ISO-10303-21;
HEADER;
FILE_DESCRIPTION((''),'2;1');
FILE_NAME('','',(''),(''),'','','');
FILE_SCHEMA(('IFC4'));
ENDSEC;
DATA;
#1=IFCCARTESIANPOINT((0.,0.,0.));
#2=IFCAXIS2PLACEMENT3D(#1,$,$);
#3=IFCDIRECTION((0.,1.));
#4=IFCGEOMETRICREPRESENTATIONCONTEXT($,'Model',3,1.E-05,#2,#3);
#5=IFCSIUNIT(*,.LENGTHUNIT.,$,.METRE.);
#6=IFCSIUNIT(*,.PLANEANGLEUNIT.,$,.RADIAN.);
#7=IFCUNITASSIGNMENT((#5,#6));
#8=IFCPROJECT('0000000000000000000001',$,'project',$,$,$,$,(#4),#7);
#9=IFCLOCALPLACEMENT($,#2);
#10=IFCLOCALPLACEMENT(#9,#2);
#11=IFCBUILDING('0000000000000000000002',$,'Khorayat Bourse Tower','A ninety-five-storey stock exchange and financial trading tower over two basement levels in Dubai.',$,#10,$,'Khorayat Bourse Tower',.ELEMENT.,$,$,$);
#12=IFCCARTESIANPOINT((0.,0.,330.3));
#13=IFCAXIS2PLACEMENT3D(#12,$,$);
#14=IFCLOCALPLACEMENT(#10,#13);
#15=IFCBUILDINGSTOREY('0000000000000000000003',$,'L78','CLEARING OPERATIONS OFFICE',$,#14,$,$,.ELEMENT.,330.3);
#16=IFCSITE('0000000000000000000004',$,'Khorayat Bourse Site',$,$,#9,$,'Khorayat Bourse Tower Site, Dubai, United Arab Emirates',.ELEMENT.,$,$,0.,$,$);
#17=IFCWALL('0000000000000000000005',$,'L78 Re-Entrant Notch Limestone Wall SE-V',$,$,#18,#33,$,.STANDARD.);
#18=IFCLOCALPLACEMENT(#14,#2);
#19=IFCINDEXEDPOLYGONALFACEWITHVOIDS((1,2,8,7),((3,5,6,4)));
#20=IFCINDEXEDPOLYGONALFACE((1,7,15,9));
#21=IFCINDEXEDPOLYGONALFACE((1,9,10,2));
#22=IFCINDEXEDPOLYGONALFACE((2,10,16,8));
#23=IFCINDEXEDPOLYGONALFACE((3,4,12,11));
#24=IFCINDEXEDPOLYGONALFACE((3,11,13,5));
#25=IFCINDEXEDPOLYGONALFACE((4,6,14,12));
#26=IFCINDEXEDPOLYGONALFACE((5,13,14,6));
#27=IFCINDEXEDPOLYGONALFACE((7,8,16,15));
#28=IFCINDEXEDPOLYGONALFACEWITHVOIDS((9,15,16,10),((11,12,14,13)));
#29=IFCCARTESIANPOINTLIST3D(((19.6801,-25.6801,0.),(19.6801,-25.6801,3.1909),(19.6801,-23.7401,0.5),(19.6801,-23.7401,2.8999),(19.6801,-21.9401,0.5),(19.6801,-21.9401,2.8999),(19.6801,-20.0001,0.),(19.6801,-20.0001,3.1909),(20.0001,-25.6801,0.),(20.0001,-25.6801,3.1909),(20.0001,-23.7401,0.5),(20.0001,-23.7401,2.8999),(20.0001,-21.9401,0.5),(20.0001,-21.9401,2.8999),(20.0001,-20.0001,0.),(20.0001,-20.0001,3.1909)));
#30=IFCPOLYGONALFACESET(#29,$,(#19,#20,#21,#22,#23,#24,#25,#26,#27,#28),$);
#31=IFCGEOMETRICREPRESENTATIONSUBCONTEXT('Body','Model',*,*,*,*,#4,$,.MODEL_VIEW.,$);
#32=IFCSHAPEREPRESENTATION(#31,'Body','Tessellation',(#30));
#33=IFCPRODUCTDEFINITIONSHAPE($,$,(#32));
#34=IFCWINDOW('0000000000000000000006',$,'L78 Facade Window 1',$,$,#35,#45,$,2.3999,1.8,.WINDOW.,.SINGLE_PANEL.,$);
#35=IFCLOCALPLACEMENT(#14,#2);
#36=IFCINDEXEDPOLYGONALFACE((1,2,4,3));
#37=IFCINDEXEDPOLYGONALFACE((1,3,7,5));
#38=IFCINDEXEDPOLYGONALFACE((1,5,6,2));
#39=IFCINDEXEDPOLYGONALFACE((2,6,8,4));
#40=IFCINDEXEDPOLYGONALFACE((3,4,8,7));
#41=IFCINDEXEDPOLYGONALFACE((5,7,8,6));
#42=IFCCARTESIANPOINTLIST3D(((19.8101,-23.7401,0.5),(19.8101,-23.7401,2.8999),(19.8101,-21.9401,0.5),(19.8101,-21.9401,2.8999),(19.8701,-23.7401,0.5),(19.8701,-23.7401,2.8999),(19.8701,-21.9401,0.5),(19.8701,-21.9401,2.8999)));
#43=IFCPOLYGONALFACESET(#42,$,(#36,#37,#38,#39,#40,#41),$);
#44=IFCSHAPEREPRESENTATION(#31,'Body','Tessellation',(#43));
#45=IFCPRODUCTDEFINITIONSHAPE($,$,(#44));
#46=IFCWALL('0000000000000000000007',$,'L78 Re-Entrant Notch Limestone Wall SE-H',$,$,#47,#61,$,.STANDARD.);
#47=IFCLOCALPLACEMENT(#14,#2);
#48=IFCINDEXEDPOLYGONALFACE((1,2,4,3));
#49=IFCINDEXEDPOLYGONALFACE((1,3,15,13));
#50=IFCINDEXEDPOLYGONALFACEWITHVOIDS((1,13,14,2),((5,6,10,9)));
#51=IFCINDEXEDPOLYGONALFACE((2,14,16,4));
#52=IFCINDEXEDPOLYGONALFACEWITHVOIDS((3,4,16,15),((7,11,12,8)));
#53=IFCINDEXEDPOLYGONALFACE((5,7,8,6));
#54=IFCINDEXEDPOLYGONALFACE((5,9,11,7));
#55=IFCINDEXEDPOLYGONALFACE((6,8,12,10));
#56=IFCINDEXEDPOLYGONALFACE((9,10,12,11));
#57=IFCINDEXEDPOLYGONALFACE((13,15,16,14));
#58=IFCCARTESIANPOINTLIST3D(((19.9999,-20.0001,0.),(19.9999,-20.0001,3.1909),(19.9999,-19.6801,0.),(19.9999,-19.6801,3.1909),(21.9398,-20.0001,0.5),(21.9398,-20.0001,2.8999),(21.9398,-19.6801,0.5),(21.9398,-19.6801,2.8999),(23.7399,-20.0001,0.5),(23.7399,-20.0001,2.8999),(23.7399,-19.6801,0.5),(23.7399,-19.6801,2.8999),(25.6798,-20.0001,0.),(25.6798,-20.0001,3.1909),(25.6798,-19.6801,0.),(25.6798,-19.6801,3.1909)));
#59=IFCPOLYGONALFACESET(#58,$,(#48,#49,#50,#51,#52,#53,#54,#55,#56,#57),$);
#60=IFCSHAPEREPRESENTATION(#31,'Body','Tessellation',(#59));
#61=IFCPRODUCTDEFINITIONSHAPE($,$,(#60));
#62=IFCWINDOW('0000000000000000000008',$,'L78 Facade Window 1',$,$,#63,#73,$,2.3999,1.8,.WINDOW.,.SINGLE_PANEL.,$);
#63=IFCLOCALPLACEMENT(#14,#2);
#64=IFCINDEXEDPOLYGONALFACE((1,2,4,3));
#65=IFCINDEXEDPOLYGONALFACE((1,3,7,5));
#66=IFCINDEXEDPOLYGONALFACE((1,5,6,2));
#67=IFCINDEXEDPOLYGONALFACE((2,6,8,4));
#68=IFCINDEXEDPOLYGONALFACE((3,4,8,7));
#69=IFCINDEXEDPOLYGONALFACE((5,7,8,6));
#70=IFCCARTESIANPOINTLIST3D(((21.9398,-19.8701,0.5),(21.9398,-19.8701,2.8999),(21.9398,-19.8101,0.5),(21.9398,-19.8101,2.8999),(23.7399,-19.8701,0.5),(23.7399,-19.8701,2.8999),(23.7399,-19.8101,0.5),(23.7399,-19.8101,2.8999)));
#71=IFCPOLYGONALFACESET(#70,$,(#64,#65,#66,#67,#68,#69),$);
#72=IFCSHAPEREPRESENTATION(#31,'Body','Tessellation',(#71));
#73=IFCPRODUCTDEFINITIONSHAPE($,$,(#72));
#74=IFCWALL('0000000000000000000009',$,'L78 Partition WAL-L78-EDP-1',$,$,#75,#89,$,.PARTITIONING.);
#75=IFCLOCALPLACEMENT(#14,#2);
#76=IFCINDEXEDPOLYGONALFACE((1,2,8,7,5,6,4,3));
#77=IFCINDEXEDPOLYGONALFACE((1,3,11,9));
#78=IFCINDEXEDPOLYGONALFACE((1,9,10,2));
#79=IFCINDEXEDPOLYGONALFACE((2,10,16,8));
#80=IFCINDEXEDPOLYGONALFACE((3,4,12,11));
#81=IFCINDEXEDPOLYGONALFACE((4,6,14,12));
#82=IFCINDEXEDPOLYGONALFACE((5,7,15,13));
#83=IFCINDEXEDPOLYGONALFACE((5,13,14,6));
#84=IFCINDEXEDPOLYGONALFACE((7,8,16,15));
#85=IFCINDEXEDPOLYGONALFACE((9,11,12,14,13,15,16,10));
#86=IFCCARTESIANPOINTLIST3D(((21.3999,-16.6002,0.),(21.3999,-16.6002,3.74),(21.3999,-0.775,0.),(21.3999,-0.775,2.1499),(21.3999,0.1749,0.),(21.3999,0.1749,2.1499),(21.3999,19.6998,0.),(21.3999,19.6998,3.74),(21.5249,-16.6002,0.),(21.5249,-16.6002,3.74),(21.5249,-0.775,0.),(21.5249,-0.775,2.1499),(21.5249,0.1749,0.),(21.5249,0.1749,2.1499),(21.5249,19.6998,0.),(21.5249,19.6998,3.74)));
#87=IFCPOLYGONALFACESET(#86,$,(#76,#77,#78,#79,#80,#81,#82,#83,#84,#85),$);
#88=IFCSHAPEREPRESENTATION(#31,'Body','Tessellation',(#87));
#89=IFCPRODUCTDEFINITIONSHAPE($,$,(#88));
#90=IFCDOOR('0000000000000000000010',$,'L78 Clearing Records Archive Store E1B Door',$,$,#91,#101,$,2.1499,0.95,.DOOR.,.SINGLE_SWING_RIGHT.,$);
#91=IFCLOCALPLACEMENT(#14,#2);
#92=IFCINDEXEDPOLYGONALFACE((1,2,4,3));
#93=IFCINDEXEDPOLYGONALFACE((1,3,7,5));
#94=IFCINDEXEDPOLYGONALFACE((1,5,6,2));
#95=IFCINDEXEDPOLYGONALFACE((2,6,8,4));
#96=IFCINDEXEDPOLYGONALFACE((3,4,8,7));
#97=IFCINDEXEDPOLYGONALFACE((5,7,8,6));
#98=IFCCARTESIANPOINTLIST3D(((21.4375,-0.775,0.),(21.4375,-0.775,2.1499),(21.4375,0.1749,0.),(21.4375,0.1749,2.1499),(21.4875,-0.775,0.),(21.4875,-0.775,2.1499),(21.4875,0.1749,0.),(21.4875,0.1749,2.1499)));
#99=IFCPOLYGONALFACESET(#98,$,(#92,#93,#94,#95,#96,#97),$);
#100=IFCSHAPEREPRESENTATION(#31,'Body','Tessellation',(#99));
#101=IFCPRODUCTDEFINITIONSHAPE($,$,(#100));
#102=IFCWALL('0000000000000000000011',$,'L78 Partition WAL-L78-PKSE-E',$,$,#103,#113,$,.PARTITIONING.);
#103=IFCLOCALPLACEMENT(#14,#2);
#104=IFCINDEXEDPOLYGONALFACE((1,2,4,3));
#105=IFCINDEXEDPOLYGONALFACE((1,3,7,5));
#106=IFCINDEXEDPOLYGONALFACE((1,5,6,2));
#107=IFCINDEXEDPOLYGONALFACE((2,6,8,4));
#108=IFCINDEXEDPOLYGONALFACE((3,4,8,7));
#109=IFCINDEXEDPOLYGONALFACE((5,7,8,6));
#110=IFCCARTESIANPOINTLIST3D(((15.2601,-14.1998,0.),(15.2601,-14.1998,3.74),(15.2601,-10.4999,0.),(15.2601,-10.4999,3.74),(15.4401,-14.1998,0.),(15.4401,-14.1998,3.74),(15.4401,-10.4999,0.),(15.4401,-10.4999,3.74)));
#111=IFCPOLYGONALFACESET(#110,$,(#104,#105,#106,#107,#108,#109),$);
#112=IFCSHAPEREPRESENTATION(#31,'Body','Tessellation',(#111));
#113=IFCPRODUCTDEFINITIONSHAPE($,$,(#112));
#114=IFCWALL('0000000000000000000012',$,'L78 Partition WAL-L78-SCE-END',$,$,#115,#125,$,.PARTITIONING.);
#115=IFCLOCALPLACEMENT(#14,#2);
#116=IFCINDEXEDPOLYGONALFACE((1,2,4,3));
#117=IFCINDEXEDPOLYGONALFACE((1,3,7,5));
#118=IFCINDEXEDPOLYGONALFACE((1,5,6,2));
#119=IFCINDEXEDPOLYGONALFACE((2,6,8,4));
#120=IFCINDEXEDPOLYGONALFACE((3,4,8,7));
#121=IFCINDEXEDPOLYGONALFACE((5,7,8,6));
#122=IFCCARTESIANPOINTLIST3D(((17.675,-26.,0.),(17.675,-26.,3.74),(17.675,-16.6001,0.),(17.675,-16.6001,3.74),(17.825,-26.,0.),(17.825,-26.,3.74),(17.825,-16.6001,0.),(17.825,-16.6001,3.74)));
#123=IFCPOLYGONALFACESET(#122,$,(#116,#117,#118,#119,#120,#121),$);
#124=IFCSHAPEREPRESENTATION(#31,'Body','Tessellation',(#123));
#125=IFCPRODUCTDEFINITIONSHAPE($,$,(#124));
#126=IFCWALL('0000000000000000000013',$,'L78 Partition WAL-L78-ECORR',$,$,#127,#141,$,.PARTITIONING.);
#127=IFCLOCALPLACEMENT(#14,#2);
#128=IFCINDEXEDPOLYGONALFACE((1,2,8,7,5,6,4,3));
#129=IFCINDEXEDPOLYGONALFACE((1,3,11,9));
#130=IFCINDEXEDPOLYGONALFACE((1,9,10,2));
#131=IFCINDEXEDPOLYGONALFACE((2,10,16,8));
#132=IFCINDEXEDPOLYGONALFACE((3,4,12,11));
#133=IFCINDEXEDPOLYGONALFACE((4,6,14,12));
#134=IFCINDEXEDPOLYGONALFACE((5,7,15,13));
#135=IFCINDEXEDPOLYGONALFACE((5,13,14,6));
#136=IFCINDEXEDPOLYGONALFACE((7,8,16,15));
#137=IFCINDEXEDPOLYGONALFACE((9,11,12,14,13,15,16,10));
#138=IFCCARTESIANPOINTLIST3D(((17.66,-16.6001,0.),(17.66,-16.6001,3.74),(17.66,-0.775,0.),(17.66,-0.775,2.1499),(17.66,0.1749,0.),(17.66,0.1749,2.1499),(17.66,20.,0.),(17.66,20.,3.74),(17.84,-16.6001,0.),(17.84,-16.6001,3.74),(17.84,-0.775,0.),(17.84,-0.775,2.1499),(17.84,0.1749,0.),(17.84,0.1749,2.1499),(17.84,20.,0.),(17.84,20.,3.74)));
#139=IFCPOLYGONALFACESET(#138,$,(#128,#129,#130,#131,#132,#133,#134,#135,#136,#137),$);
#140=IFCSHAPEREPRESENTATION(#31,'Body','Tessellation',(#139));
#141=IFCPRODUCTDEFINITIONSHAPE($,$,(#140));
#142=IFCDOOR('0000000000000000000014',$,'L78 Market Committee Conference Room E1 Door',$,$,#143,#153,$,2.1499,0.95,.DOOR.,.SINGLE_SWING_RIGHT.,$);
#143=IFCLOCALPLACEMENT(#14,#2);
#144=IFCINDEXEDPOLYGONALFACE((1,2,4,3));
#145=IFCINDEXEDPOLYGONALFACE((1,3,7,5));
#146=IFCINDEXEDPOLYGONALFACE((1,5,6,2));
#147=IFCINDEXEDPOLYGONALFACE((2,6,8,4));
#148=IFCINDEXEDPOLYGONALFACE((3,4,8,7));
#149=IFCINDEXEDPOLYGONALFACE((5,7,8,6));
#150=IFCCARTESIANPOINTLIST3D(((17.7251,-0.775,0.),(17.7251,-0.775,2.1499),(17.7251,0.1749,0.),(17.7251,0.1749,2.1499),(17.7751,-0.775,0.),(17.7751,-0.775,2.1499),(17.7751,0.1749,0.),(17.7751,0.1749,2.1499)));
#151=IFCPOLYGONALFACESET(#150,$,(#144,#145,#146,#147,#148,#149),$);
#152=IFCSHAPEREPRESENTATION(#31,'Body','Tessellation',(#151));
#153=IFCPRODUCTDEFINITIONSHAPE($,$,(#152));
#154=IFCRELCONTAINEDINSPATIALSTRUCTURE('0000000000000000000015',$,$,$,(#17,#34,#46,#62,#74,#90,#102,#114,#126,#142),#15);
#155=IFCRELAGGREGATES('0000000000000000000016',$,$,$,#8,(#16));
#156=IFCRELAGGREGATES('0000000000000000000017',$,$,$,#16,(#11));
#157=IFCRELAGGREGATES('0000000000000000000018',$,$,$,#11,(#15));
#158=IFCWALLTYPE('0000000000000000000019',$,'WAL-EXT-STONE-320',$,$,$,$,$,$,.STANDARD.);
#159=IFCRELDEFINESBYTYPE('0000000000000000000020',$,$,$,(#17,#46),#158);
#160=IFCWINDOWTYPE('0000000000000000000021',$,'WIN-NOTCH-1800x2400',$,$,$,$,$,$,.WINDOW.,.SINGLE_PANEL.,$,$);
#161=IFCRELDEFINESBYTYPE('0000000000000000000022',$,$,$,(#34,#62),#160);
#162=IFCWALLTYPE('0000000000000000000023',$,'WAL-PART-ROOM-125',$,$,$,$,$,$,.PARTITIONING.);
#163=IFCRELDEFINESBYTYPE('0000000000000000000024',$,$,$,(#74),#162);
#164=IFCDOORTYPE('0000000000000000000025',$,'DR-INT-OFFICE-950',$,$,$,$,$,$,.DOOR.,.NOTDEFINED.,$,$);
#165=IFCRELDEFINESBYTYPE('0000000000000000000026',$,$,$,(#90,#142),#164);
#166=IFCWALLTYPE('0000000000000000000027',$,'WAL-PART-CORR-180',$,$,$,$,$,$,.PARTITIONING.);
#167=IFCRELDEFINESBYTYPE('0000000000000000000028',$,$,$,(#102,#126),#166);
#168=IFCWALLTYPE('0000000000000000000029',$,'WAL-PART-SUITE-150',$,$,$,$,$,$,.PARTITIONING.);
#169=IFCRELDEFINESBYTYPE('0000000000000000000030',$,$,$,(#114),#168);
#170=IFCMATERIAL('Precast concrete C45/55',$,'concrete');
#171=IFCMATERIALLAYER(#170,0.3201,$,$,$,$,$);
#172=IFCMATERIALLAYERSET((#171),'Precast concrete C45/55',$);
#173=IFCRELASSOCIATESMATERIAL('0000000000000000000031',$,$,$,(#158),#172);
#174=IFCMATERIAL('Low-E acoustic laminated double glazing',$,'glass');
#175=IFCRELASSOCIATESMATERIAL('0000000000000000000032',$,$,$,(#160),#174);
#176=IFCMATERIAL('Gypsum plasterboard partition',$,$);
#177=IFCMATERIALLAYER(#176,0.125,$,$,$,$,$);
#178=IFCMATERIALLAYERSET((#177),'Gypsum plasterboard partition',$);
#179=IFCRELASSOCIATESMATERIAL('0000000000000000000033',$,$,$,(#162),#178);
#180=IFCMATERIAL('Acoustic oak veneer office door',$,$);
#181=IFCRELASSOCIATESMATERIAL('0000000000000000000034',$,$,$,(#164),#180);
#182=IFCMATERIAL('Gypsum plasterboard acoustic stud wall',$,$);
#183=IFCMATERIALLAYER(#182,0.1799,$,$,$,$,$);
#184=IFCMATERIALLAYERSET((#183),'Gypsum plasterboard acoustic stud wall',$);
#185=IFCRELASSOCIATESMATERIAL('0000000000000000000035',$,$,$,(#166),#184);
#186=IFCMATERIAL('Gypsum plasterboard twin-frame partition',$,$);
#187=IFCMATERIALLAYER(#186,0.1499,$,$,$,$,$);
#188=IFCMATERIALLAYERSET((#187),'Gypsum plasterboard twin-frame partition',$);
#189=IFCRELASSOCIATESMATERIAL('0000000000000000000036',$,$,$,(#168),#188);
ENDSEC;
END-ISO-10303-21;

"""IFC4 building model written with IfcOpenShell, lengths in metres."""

from ifc_helpers import new_model, si_unit, direction, frame, frame_2d, origin, place, context, subcontext, project, spatial, rectangle, extrude, source, transform, mapped, material, layer, layer_set, type_object, element, fill, save


model = new_model("IFC4")

# Units and contexts
model_context = context("Model", 3, precision=1e-05, world=origin(), true_north=direction((0.0, 1.0)))
body_context = subcontext(model_context, "Body", "Model", "MODEL_VIEW")
ifc_project = project(units=[si_unit("LENGTHUNIT", "METRE"), si_unit("PLANEANGLEUNIT", "RADIAN")], contexts=[model_context])

# Site, building, storey
site_placement = place(None, origin())
site = spatial("IfcSite", under=ifc_project, at=site_placement, Name="Khorayat Bourse Site", LongName="Khorayat Bourse Tower Site, Dubai, United Arab Emirates", CompositionType="ELEMENT", RefElevation=0.0)
building_placement = place(site_placement, origin())
building = spatial("IfcBuilding", under=site, at=building_placement, Name="Khorayat Bourse Tower", Description="A ninety-five-storey stock exchange and financial trading tower over two basement levels in Dubai.", LongName="Khorayat Bourse Tower", CompositionType="ELEMENT")
storey_placement = place(building_placement, frame((0.0, 0.0, 330.3)))
storey = spatial("IfcBuildingStorey", under=building, at=storey_placement, Name="L78", Description="CLEARING OPERATIONS OFFICE", CompositionType="ELEMENT", Elevation=330.3)

# Walls, openings, windows
ifc_material_1 = material(Name="Precast concrete C45/55", Category="concrete")
ifc_layer_1 = layer(ifc_material_1, 0.3201)
ifc_layer_set_1 = layer_set([ifc_layer_1], Name="Precast concrete C45/55")
wall_type_1 = type_object("IfcWallType", Name="WAL-EXT-STONE-320", PredefinedType="STANDARD", material=ifc_layer_set_1)
shared_shape_1 = source(origin(), body_context, "Body", "SweptSolid", [
    extrude(rectangle(XDim=5.6799, YDim=0.3201, at=frame_2d((2.8398, 0.0))), origin(), (0.0, 0.0, 1.0), 3.1909),
])
wall_1_placement = place(storey_placement, frame((19.8401, -25.6799, 0.0), z_axis=(0.0, 0.0, 1.0), x_axis=(0.0, 1.0, 0.0)))
wall_1 = element("IfcWall", 1, at=wall_1_placement, inside=storey, type_object=wall_type_1, Name="L78 Re-Entrant Notch Limestone Wall SE-V", PredefinedType="STANDARD", context=body_context, shape_type="MappedRepresentation", body=[
    mapped(shared_shape_1, transform((0.0, 0.0, 0.0), scale=1.0)),
])
shared_shape_2 = source(origin(), body_context, "Body", "SweptSolid", [
    extrude(rectangle(XDim=1.8, YDim=2.3999, at=frame_2d((0.8999, 1.2))), frame((0.0, 0.1699, 0.0), z_axis=(0.0, -1.0, 0.0), x_axis=(1.0, 0.0, 0.0)), (0.0, 0.0, 1.0), 0.3401),
])
opening_1_placement = place(wall_1_placement, frame((1.9399, 0.0, 0.5)))
opening_1 = element("IfcOpeningElement", 2, at=opening_1_placement, cuts=wall_1, PredefinedType="OPENING", context=body_context, shape_type="MappedRepresentation", body=[
    mapped(shared_shape_2, transform((0.0, 0.0, 0.0), scale=1.0)),
])
ifc_material_2 = material(Name="Low-E acoustic laminated double glazing", Category="glass")
window_type = type_object("IfcWindowType", Name="WIN-NOTCH-1800x2400", PartitioningType="SINGLE_PANEL", PredefinedType="WINDOW", material=ifc_material_2)
shared_shape_3 = source(origin(), body_context, "Body", "SweptSolid", [
    extrude(rectangle(XDim=1.8, YDim=2.3999, at=frame_2d((0.8999, 1.2))), frame((0.0, 0.03, 0.0), z_axis=(0.0, -1.0, 0.0), x_axis=(1.0, 0.0, 0.0)), (0.0, 0.0, 1.0), 0.0601),
])
window_1_placement = place(opening_1_placement, origin())
window_1 = element("IfcWindow", 3, at=window_1_placement, inside=storey, type_object=window_type, Name="L78 Facade Window 1", OverallHeight=2.3999, OverallWidth=1.8, PartitioningType="SINGLE_PANEL", PredefinedType="WINDOW", context=body_context, shape_type="MappedRepresentation", body=[
    mapped(shared_shape_3, transform((0.0, 0.0, 0.0), scale=1.0)),
])
fill(opening_1, window_1)
wall_2_placement = place(storey_placement, frame((20.0, -19.8401, 0.0), z_axis=(0.0, 0.0, 1.0), x_axis=(1.0, 0.0, 0.0)))
wall_2 = element("IfcWall", 4, at=wall_2_placement, inside=storey, type_object=wall_type_1, Name="L78 Re-Entrant Notch Limestone Wall SE-H", PredefinedType="STANDARD", context=body_context, shape_type="MappedRepresentation", body=[
    mapped(shared_shape_1, transform((0.0, 0.0, 0.0), scale=1.0)),
])
opening_2_placement = place(wall_2_placement, frame((1.9399, 0.0, 0.5)))
opening_2 = element("IfcOpeningElement", 5, at=opening_2_placement, cuts=wall_2, PredefinedType="OPENING", context=body_context, shape_type="MappedRepresentation", body=[
    mapped(shared_shape_2, transform((0.0, 0.0, 0.0), scale=1.0)),
])
window_2_placement = place(opening_2_placement, origin())
window_2 = element("IfcWindow", 6, at=window_2_placement, inside=storey, type_object=window_type, Name="L78 Facade Window 1", OverallHeight=2.3999, OverallWidth=1.8, PartitioningType="SINGLE_PANEL", PredefinedType="WINDOW", context=body_context, shape_type="MappedRepresentation", body=[
    mapped(shared_shape_3, transform((0.0, 0.0, 0.0), scale=1.0)),
])
fill(opening_2, window_2)

# Wall, opening, door
ifc_material_3 = material(Name="Gypsum plasterboard partition")
ifc_layer_2 = layer(ifc_material_3, 0.125)
ifc_layer_set_2 = layer_set([ifc_layer_2], Name="Gypsum plasterboard partition")
wall_type_2 = type_object("IfcWallType", Name="WAL-PART-ROOM-125", PredefinedType="PARTITIONING", material=ifc_layer_set_2)
shared_shape_4 = source(origin(), body_context, "Body", "SweptSolid", [
    extrude(rectangle(XDim=36.3, YDim=0.125, at=frame_2d((18.1499, 0.0))), origin(), (0.0, 0.0, 1.0), 3.74),
])
wall_3_placement = place(storey_placement, frame((21.4624, -16.6001, 0.0), z_axis=(0.0, 0.0, 1.0), x_axis=(0.0, 1.0, 0.0)))
wall_3 = element("IfcWall", 7, at=wall_3_placement, inside=storey, type_object=wall_type_2, Name="L78 Partition WAL-L78-EDP-1", PredefinedType="PARTITIONING", context=body_context, shape_type="MappedRepresentation", body=[
    mapped(shared_shape_4, transform((0.0, 0.0, 0.0), scale=1.0)),
])
shared_shape_5 = source(origin(), body_context, "Body", "SweptSolid", [
    extrude(rectangle(XDim=0.95, YDim=2.1499, at=frame_2d((0.4751, 1.075))), frame((0.0, 0.0725, 0.0), z_axis=(0.0, -1.0, 0.0), x_axis=(1.0, 0.0, 0.0)), (0.0, 0.0, 1.0), 0.145),
])
opening_3_placement = place(wall_3_placement, frame((15.825, 0.0, 0.0)))
opening_3 = element("IfcOpeningElement", 8, at=opening_3_placement, cuts=wall_3, PredefinedType="OPENING", context=body_context, shape_type="MappedRepresentation", body=[
    mapped(shared_shape_5, transform((0.0, 0.0, 0.0), scale=1.0)),
])
ifc_material_4 = material(Name="Acoustic oak veneer office door")
door_type = type_object("IfcDoorType", Name="DR-INT-OFFICE-950", OperationType="NOTDEFINED", PredefinedType="DOOR", material=ifc_material_4)
shared_shape_6 = source(origin(), body_context, "Body", "SweptSolid", [
    extrude(rectangle(XDim=0.95, YDim=2.1499, at=frame_2d((0.4751, 1.075))), frame((0.0, 0.0249, 0.0), z_axis=(0.0, -1.0, 0.0), x_axis=(1.0, 0.0, 0.0)), (0.0, 0.0, 1.0), 0.05),
])
door_1_placement = place(opening_3_placement, origin())
door_1 = element("IfcDoor", 9, at=door_1_placement, inside=storey, type_object=door_type, Name="L78 Clearing Records Archive Store E1B Door", OperationType="SINGLE_SWING_RIGHT", OverallHeight=2.1499, OverallWidth=0.95, PredefinedType="DOOR", context=body_context, shape_type="MappedRepresentation", body=[
    mapped(shared_shape_6, transform((0.0, 0.0, 0.0), scale=1.0)),
])
fill(opening_3, door_1)

# Walls
ifc_material_5 = material(Name="Gypsum plasterboard acoustic stud wall")
ifc_layer_3 = layer(ifc_material_5, 0.1799)
ifc_layer_set_3 = layer_set([ifc_layer_3], Name="Gypsum plasterboard acoustic stud wall")
wall_type_3 = type_object("IfcWallType", Name="WAL-PART-CORR-180", PredefinedType="PARTITIONING", material=ifc_layer_set_3)
shared_shape_7 = source(origin(), body_context, "Body", "SweptSolid", [
    extrude(rectangle(XDim=3.7, YDim=0.1799, at=frame_2d((1.8501, 0.0))), origin(), (0.0, 0.0, 1.0), 3.74),
])
wall_4_placement = place(storey_placement, frame((15.3501, -14.2, 0.0), z_axis=(0.0, 0.0, 1.0), x_axis=(0.0, 1.0, 0.0)))
element("IfcWall", 10, at=wall_4_placement, inside=storey, type_object=wall_type_3, Name="L78 Partition WAL-L78-PKSE-E", PredefinedType="PARTITIONING", context=body_context, shape_type="MappedRepresentation", body=[
    mapped(shared_shape_7, transform((0.0, 0.0, 0.0), scale=1.0)),
])
ifc_material_6 = material(Name="Gypsum plasterboard twin-frame partition")
ifc_layer_4 = layer(ifc_material_6, 0.1499)
ifc_layer_set_4 = layer_set([ifc_layer_4], Name="Gypsum plasterboard twin-frame partition")
wall_type_4 = type_object("IfcWallType", Name="WAL-PART-SUITE-150", PredefinedType="PARTITIONING", material=ifc_layer_set_4)
shared_shape_8 = source(origin(), body_context, "Body", "SweptSolid", [
    extrude(rectangle(XDim=9.3999, YDim=0.1499, at=frame_2d((4.7, 0.0))), origin(), (0.0, 0.0, 1.0), 3.74),
])
wall_5_placement = place(storey_placement, frame((17.75, -26.0, 0.0), z_axis=(0.0, 0.0, 1.0), x_axis=(0.0, 1.0, 0.0)))
element("IfcWall", 11, at=wall_5_placement, inside=storey, type_object=wall_type_4, Name="L78 Partition WAL-L78-SCE-END", PredefinedType="PARTITIONING", context=body_context, shape_type="MappedRepresentation", body=[
    mapped(shared_shape_8, transform((0.0, 0.0, 0.0), scale=1.0)),
])

# Wall, opening, door
shared_shape_9 = source(origin(), body_context, "Body", "SweptSolid", [
    extrude(rectangle(XDim=36.6001, YDim=0.1799, at=frame_2d((18.3, 0.0))), origin(), (0.0, 0.0, 1.0), 3.74),
])
wall_6_placement = place(storey_placement, frame((17.75, -16.6001, 0.0), z_axis=(0.0, 0.0, 1.0), x_axis=(0.0, 1.0, 0.0)))
wall_6 = element("IfcWall", 12, at=wall_6_placement, inside=storey, type_object=wall_type_3, Name="L78 Partition WAL-L78-ECORR", PredefinedType="PARTITIONING", context=body_context, shape_type="MappedRepresentation", body=[
    mapped(shared_shape_9, transform((0.0, 0.0, 0.0), scale=1.0)),
])
shared_shape_10 = source(origin(), body_context, "Body", "SweptSolid", [
    extrude(rectangle(XDim=0.95, YDim=2.1499, at=frame_2d((0.4751, 1.075))), frame((0.0, 0.0999, 0.0), z_axis=(0.0, -1.0, 0.0), x_axis=(1.0, 0.0, 0.0)), (0.0, 0.0, 1.0), 0.2),
])
opening_4_placement = place(wall_6_placement, frame((15.825, 0.0, 0.0)))
opening_4 = element("IfcOpeningElement", 13, at=opening_4_placement, cuts=wall_6, PredefinedType="OPENING", context=body_context, shape_type="MappedRepresentation", body=[
    mapped(shared_shape_10, transform((0.0, 0.0, 0.0), scale=1.0)),
])
door_2_placement = place(opening_4_placement, origin())
door_2 = element("IfcDoor", 14, at=door_2_placement, inside=storey, type_object=door_type, Name="L78 Market Committee Conference Room E1 Door", OperationType="SINGLE_SWING_RIGHT", OverallHeight=2.1499, OverallWidth=0.95, PredefinedType="DOOR", context=body_context, shape_type="MappedRepresentation", body=[
    mapped(shared_shape_6, transform((0.0, 0.0, 0.0), scale=1.0)),
])
fill(opening_4, door_2)

save(model, "model.ifc")
